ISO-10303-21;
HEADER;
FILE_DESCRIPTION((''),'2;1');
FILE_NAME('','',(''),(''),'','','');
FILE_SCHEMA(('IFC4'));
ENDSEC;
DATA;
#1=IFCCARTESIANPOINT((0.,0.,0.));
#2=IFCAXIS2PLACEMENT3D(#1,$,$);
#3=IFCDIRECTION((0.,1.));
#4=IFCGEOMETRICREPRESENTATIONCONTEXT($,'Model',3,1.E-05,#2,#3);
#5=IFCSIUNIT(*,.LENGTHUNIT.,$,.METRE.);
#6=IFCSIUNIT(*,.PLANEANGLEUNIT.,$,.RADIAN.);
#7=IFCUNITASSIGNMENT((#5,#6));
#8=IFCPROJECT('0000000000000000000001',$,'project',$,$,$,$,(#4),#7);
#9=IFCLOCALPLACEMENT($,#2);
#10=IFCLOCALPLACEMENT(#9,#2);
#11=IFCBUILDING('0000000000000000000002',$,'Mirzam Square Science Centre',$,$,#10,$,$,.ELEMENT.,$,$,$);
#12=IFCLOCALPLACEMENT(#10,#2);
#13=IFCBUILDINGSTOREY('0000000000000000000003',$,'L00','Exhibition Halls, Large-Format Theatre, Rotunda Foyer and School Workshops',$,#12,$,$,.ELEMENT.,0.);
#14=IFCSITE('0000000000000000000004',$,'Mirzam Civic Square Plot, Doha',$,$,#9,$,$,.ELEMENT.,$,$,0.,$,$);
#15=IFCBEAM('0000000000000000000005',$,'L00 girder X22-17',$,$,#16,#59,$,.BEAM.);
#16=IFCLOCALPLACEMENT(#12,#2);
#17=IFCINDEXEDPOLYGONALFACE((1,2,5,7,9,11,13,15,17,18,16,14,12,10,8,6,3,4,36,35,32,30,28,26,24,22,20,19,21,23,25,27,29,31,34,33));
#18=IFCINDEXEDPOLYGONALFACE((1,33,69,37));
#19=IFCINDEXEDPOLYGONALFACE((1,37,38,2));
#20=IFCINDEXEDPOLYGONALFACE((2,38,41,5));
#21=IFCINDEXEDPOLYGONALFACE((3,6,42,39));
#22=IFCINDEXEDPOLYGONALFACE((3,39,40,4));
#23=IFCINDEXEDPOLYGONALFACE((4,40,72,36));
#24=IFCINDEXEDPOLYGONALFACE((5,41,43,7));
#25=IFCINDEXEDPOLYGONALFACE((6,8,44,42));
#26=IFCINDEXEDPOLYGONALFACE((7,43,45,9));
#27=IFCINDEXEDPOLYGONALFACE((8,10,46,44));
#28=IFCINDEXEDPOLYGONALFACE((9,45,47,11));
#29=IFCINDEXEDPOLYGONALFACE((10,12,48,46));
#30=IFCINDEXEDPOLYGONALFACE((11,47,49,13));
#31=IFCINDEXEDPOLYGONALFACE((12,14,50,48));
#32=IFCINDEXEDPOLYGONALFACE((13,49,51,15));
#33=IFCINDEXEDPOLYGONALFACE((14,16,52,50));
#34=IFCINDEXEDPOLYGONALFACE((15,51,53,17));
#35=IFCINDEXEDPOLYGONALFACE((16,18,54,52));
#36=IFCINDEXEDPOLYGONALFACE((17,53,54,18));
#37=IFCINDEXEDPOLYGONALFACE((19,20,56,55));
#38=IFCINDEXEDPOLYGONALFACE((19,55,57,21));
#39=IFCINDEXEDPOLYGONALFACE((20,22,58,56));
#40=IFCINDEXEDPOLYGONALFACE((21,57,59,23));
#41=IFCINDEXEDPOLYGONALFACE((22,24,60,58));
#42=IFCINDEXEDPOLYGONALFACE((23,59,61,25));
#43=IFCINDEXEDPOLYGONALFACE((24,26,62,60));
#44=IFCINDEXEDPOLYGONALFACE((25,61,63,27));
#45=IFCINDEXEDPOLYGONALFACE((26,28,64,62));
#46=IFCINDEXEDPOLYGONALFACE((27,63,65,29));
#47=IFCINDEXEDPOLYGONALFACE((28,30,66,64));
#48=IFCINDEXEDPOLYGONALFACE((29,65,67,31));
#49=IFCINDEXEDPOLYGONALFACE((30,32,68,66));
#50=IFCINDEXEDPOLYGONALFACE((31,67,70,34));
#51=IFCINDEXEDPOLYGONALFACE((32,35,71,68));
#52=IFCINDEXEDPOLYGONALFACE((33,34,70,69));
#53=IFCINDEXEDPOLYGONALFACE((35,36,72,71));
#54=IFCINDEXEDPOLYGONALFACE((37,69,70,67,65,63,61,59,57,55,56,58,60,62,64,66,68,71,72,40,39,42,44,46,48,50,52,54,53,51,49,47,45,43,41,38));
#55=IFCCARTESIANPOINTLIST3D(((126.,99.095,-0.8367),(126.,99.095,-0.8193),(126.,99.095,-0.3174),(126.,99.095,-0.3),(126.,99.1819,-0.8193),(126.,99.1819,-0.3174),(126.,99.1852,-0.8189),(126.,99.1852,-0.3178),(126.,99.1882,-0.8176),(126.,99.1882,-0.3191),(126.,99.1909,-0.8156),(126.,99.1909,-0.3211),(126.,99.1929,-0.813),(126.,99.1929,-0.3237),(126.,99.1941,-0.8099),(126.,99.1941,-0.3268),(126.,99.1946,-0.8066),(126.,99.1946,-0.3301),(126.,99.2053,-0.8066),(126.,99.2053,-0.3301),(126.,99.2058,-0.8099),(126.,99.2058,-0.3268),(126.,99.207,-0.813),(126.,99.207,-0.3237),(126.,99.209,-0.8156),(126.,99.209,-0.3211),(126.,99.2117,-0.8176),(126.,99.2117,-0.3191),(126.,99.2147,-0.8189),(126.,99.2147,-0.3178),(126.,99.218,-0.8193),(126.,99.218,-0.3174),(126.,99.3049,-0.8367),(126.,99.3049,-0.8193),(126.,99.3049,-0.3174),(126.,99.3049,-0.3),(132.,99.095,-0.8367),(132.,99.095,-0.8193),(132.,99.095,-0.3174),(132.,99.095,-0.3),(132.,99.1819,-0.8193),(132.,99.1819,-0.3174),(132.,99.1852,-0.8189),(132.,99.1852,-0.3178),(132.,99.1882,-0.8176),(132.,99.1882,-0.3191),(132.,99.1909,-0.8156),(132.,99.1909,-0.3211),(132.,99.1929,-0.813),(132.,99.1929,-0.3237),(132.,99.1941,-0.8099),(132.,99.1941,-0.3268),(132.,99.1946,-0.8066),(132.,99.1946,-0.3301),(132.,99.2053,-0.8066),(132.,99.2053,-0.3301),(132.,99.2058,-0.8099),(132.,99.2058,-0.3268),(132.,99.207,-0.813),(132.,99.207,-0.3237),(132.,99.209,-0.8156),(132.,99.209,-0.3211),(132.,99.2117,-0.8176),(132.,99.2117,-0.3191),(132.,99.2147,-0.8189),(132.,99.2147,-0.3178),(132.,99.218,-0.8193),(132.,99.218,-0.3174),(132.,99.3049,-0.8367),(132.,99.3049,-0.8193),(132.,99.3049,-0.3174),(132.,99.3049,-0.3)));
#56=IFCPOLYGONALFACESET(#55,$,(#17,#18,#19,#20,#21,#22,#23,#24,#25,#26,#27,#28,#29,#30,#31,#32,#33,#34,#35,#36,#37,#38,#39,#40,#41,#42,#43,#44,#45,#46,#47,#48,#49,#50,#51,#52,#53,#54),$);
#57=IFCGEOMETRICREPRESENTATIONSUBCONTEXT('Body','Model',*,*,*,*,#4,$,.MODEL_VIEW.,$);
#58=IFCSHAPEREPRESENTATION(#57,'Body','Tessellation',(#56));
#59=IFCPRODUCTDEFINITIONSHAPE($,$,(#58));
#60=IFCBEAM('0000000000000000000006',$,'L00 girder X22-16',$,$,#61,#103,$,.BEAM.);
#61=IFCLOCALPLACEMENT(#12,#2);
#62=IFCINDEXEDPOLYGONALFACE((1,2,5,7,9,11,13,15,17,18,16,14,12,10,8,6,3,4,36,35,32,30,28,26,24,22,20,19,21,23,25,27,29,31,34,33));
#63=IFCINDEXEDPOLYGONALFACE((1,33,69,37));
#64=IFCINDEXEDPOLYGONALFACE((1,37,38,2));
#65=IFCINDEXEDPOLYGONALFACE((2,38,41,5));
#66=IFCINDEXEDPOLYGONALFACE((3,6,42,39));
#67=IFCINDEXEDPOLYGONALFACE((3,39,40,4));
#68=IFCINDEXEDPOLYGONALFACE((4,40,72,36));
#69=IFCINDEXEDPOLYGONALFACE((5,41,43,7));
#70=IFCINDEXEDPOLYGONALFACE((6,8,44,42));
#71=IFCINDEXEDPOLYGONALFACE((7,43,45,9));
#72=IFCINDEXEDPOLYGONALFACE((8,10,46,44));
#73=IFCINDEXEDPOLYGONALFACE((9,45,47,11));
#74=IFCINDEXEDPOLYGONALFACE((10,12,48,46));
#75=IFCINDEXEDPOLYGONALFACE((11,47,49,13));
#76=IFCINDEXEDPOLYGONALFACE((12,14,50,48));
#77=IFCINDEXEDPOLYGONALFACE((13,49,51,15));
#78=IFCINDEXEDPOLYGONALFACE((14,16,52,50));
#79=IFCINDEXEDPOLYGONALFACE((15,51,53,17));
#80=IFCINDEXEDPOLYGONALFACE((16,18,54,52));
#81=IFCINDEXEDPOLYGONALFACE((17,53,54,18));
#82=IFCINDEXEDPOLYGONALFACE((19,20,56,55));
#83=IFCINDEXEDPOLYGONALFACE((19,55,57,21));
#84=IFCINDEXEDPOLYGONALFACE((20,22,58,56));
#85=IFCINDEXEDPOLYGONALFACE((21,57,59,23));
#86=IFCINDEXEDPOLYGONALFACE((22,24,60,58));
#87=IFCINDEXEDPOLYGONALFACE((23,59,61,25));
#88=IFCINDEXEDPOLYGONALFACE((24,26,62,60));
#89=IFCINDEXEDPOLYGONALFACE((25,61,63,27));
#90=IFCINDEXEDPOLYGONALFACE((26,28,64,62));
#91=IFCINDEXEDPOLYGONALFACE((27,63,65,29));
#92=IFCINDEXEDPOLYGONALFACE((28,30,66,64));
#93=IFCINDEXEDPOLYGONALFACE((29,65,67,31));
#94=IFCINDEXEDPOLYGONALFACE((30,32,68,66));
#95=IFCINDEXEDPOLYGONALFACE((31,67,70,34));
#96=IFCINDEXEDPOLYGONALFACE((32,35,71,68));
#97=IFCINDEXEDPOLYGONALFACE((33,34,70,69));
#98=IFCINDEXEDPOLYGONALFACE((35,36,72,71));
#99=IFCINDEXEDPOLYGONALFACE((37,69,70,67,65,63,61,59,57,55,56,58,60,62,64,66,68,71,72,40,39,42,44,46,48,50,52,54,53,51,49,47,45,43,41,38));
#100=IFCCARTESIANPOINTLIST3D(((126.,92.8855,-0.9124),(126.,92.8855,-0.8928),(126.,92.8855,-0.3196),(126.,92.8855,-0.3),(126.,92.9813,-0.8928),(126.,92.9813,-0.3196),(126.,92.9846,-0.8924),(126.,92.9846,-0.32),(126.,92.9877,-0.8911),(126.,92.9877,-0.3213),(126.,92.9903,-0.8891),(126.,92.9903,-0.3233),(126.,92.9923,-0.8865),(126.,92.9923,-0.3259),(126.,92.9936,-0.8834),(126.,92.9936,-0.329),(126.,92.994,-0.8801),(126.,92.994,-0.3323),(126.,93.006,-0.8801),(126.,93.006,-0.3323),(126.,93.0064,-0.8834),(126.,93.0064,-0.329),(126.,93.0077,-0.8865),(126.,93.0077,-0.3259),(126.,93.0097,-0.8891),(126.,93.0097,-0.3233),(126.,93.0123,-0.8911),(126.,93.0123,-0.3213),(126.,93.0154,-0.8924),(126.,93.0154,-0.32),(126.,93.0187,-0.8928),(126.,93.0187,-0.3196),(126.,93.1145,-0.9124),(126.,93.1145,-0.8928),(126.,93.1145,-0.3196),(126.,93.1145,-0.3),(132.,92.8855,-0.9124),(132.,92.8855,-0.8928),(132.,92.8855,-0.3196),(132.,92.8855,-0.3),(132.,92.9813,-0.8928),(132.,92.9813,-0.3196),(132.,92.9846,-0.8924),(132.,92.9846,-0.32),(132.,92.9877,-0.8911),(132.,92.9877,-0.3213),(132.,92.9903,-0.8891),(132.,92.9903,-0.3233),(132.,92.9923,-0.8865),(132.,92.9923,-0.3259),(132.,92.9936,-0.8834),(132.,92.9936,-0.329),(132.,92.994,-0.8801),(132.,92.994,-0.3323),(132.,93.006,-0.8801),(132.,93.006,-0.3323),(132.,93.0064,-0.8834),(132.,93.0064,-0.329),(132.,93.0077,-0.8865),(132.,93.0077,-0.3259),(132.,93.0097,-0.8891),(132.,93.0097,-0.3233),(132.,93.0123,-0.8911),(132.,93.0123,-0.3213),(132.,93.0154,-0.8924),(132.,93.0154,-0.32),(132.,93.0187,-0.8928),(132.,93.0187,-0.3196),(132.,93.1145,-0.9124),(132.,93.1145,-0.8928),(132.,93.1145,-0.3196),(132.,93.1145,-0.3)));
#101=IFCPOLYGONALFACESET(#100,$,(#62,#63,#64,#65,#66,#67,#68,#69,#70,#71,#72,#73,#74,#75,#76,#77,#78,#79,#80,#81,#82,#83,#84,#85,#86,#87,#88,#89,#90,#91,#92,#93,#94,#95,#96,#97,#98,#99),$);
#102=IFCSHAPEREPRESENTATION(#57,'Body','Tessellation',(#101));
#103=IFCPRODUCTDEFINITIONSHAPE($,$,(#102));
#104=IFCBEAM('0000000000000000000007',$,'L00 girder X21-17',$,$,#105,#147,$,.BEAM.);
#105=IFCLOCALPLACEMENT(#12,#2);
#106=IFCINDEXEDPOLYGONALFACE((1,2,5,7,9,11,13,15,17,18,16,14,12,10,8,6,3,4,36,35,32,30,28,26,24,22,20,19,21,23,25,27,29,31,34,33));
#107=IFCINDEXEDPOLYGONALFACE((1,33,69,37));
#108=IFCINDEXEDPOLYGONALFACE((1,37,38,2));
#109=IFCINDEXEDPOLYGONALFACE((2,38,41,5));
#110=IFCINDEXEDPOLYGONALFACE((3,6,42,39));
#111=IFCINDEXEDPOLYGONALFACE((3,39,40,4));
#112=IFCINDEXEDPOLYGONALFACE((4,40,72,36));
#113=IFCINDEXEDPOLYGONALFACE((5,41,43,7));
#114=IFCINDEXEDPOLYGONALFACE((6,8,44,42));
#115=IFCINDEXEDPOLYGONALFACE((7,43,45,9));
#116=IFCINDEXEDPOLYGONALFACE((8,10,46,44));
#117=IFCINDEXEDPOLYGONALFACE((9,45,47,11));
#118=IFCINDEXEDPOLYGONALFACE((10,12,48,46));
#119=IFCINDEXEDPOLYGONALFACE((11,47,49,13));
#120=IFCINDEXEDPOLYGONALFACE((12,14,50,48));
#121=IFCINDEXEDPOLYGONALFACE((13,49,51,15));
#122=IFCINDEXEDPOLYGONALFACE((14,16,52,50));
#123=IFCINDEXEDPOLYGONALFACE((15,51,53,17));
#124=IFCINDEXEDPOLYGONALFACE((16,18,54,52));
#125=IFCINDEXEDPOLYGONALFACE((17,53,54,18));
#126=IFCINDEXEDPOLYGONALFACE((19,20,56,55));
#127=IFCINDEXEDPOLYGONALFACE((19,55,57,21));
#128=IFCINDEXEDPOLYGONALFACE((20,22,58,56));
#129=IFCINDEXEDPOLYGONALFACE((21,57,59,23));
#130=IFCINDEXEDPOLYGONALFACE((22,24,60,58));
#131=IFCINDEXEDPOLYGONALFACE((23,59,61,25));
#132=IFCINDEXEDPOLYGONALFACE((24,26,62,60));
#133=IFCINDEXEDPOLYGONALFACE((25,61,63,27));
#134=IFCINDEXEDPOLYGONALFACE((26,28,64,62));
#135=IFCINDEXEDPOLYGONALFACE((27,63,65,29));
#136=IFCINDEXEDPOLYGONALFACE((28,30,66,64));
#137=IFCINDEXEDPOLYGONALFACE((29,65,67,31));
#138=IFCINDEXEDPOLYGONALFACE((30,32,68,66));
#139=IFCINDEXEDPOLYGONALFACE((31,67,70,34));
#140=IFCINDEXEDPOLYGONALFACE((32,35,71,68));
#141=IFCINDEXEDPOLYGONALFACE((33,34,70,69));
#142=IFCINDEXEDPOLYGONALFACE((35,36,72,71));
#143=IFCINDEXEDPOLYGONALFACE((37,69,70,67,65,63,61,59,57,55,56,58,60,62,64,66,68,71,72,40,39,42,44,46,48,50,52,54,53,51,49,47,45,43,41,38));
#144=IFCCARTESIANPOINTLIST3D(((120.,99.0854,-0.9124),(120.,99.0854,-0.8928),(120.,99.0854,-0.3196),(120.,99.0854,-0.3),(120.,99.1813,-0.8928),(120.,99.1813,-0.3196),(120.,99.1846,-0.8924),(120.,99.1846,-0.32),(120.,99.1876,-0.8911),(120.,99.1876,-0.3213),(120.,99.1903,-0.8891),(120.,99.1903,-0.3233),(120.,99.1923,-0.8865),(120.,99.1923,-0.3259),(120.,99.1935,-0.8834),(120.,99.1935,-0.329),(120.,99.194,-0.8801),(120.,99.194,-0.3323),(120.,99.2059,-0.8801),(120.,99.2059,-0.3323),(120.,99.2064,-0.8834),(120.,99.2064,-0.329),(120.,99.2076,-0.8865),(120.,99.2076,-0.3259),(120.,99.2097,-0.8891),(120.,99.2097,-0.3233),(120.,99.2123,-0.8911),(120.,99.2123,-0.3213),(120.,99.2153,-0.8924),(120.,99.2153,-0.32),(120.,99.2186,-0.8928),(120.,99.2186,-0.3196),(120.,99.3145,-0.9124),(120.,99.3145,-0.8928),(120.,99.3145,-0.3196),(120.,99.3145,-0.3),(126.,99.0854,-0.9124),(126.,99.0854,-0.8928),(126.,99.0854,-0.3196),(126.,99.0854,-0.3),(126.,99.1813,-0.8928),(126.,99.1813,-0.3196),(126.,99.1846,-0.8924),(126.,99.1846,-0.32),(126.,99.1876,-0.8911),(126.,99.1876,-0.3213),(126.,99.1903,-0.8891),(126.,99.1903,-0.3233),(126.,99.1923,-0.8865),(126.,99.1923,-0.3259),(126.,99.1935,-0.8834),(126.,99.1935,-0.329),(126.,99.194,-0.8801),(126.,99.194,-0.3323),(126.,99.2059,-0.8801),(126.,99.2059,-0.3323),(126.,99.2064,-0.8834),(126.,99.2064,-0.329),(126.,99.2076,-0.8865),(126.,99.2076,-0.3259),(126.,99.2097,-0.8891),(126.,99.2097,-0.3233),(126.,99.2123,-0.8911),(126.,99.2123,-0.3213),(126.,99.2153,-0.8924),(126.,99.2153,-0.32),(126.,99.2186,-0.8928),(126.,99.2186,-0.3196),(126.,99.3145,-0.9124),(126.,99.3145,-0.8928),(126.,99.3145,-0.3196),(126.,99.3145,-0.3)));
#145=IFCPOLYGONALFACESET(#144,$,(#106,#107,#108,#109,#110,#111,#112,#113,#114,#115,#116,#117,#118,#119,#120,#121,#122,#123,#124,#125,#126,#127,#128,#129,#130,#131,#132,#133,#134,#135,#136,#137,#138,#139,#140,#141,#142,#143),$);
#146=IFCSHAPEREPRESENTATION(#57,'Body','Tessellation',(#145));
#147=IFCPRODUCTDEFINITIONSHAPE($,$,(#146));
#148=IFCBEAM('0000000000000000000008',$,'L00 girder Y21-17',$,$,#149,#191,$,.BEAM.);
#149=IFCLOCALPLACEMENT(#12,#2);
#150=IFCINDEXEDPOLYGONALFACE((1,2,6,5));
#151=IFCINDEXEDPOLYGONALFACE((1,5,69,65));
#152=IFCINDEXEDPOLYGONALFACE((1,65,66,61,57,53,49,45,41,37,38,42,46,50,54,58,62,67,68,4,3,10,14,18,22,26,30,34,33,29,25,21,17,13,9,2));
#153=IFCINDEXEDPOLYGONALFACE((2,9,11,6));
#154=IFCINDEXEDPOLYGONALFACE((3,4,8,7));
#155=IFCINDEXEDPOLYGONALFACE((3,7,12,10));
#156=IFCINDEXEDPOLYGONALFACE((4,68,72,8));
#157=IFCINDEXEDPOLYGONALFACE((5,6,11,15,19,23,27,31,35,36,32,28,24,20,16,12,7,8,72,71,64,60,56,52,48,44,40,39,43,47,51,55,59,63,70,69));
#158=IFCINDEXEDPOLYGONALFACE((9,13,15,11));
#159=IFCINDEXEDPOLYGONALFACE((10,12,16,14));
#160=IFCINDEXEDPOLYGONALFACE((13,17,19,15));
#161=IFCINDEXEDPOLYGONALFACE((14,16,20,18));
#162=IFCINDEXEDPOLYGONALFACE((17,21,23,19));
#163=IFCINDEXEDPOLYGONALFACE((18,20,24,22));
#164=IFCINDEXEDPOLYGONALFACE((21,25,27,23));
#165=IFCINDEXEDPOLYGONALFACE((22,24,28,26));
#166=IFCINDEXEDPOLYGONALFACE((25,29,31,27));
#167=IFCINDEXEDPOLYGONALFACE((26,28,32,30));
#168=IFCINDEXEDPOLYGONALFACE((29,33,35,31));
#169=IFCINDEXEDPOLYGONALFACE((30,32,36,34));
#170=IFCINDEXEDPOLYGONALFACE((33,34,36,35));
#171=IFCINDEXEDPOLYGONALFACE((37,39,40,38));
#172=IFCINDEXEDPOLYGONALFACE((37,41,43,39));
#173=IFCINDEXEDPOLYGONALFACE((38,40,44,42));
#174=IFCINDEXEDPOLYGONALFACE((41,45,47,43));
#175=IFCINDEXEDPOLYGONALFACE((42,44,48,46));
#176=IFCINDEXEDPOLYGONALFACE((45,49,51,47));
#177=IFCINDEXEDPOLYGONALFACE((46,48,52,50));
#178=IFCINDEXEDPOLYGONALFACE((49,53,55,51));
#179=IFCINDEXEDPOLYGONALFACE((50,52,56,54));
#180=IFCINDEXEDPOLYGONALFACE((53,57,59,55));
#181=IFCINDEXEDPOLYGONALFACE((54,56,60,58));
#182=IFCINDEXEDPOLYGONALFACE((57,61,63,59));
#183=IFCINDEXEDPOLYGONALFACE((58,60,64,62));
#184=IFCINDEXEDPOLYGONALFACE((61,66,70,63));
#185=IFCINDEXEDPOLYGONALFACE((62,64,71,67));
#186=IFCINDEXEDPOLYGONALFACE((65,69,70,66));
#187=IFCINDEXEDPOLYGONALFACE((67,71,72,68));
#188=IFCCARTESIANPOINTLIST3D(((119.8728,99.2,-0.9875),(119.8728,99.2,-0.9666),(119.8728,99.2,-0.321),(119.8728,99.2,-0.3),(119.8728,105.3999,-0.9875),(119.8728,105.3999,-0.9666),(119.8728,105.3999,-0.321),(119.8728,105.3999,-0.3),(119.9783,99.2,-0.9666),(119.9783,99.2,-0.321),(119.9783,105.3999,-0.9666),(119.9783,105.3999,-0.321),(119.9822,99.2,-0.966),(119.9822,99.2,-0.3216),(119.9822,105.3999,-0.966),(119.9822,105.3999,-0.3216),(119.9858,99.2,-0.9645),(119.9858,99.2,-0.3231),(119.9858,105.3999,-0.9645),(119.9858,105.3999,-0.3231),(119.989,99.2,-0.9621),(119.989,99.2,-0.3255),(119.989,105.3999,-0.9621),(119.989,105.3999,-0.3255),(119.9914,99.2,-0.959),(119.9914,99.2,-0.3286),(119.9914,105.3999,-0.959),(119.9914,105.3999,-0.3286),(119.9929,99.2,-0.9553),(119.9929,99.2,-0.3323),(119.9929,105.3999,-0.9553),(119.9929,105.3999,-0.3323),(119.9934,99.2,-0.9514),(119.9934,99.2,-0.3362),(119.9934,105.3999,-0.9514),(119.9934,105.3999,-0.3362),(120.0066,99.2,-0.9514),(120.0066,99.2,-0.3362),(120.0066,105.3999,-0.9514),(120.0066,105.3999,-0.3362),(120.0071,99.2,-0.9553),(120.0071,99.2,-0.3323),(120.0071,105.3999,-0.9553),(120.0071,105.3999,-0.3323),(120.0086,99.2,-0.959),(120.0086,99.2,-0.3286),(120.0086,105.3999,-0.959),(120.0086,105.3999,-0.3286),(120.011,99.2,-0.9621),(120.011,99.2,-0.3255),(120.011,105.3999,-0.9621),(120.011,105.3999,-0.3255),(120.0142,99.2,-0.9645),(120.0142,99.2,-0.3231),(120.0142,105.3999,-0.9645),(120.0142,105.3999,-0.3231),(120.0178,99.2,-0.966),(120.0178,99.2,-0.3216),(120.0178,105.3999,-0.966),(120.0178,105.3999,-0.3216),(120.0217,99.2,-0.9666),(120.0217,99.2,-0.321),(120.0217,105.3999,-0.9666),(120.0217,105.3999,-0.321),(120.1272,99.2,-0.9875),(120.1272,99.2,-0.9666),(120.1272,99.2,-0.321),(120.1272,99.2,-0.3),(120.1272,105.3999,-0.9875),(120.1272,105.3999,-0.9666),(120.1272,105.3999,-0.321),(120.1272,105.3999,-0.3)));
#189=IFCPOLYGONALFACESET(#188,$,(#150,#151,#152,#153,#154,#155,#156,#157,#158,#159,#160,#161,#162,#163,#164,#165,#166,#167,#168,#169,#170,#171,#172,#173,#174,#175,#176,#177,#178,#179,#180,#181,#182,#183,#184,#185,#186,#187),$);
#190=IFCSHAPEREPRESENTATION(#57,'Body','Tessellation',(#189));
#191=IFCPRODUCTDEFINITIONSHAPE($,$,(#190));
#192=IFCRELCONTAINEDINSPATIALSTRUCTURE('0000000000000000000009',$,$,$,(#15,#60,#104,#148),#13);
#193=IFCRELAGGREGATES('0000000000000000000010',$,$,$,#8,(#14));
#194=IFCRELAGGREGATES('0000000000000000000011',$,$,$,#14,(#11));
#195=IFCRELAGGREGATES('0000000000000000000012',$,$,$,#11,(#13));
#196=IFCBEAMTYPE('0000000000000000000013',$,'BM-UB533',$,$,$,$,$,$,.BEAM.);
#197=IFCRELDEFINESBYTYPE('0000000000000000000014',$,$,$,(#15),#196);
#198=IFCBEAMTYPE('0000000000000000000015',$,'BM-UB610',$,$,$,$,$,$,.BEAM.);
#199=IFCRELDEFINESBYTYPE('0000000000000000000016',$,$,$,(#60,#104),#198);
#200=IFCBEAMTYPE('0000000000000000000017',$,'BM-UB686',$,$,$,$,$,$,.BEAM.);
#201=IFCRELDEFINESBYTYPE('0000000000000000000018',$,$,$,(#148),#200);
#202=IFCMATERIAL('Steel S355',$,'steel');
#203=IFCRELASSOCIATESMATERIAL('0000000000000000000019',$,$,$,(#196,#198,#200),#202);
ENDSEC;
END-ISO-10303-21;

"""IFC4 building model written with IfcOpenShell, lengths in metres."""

from ifc_helpers import new_model, si_unit, direction, frame, origin, origin_2d, place, context, subcontext, project, spatial, i_section, extrude, material, material_profile, profile_set, type_object, element, save


model = new_model("IFC4")

# Units and contexts
model_context = context("Model", 3, precision=1e-05, world=origin(), true_north=direction((0.0, 1.0)))
body_context = subcontext(model_context, "Body", "Model", "MODEL_VIEW")
ifc_project = project(units=[si_unit("LENGTHUNIT", "METRE"), si_unit("PLANEANGLEUNIT", "RADIAN")], contexts=[model_context])

# Site, building, storey
site_placement = place(None, origin())
site = spatial("IfcSite", under=ifc_project, at=site_placement, Name="Mirzam Civic Square Plot, Doha", CompositionType="ELEMENT", RefElevation=0.0)
building_placement = place(site_placement, origin())
building = spatial("IfcBuilding", under=site, at=building_placement, Name="Mirzam Square Science Centre", CompositionType="ELEMENT")
storey_placement = place(building_placement, origin())
storey = spatial("IfcBuildingStorey", under=building, at=storey_placement, Name="L00", Description="Exhibition Halls, Large-Format Theatre, Rotunda Foyer and School Workshops", CompositionType="ELEMENT", Elevation=0.0)

# Shared definitions
ifc_material_1 = material(Name="Steel S355", Category="steel")

# Beams
ifc_material_profile_1 = material_profile(ifc_material_1, i_section(OverallWidth=0.21, OverallDepth=0.5366, WebThickness=0.0107, FlangeThickness=0.0173, FilletRadius=0.0127, at=origin_2d()), Name="533x210x101UB")
ifc_profile_set_1 = profile_set([ifc_material_profile_1], Name="Steel S355")
beam_type_1 = type_object("IfcBeamType", Name="BM-UB533", PredefinedType="BEAM", material=ifc_profile_set_1)
beam_1_placement = place(storey_placement, frame((126.0, 99.2, -0.5684), z_axis=(1.0, 0.0, 0.0), x_axis=(0.0, 1.0, 0.0)))
element("IfcBeam", 1, at=beam_1_placement, inside=storey, type_object=beam_type_1, Name="L00 girder X22-17", PredefinedType="BEAM", context=body_context, shape_type="SweptSolid", body=[
    extrude(i_section(OverallWidth=0.21, OverallDepth=0.5366, WebThickness=0.0107, FlangeThickness=0.0173, FilletRadius=0.0127, at=origin_2d()), origin(), (0.0, 0.0, 1.0), 6.0),
])
ifc_material_profile_2 = material_profile(ifc_material_1, i_section(OverallWidth=0.229, OverallDepth=0.6123, WebThickness=0.012, FlangeThickness=0.0195, FilletRadius=0.0127, at=origin_2d()), Name="610x229x125UB")
ifc_profile_set_2 = profile_set([ifc_material_profile_2], Name="Steel S355")
beam_type_2 = type_object("IfcBeamType", Name="BM-UB610", PredefinedType="BEAM", material=ifc_profile_set_2)
for number, where, z_axis, x_axis, name in (
    (2, (126.0, 93.0, -0.6062), (1.0, 0.0, 0.0), (0.0, 1.0, 0.0), "L00 girder X22-16"),
    (3, (120.0, 99.2, -0.6062), (1.0, 0.0, 0.0), (0.0, 1.0, 0.0), "L00 girder X21-17"),
):
    element("IfcBeam", number, at=place(storey_placement, frame(where, z_axis=z_axis, x_axis=x_axis)), inside=storey, type_object=beam_type_2, Name=name, PredefinedType="BEAM", context=body_context, shape_type="SweptSolid", body=[
        extrude(i_section(OverallWidth=0.229, OverallDepth=0.6123, WebThickness=0.012, FlangeThickness=0.0195, FilletRadius=0.0127, at=origin_2d()), origin(), (0.0, 0.0, 1.0), 6.0),
    ])
ifc_material_profile_3 = material_profile(ifc_material_1, i_section(OverallWidth=0.2544, OverallDepth=0.6875, WebThickness=0.0132, FlangeThickness=0.021, FilletRadius=0.0151, at=origin_2d()), Name="686x254x152UB")
ifc_profile_set_3 = profile_set([ifc_material_profile_3], Name="Steel S355")
beam_type_3 = type_object("IfcBeamType", Name="BM-UB686", PredefinedType="BEAM", material=ifc_profile_set_3)
for number, where, z_axis, x_axis, name in (
    (4, (120.0, 99.2, -0.6438), (0.0, 1.0, 0.0), (-1.0, 0.0, 0.0), "L00 girder Y21-17"),
):
    element("IfcBeam", number, at=place(storey_placement, frame(where, z_axis=z_axis, x_axis=x_axis)), inside=storey, type_object=beam_type_3, Name=name, PredefinedType="BEAM", context=body_context, shape_type="SweptSolid", body=[
        extrude(i_section(OverallWidth=0.2544, OverallDepth=0.6875, WebThickness=0.0132, FlangeThickness=0.021, FilletRadius=0.0151, at=origin_2d()), origin(), (0.0, 0.0, 1.0), 6.2),
    ])

save(model, "model.ifc")
